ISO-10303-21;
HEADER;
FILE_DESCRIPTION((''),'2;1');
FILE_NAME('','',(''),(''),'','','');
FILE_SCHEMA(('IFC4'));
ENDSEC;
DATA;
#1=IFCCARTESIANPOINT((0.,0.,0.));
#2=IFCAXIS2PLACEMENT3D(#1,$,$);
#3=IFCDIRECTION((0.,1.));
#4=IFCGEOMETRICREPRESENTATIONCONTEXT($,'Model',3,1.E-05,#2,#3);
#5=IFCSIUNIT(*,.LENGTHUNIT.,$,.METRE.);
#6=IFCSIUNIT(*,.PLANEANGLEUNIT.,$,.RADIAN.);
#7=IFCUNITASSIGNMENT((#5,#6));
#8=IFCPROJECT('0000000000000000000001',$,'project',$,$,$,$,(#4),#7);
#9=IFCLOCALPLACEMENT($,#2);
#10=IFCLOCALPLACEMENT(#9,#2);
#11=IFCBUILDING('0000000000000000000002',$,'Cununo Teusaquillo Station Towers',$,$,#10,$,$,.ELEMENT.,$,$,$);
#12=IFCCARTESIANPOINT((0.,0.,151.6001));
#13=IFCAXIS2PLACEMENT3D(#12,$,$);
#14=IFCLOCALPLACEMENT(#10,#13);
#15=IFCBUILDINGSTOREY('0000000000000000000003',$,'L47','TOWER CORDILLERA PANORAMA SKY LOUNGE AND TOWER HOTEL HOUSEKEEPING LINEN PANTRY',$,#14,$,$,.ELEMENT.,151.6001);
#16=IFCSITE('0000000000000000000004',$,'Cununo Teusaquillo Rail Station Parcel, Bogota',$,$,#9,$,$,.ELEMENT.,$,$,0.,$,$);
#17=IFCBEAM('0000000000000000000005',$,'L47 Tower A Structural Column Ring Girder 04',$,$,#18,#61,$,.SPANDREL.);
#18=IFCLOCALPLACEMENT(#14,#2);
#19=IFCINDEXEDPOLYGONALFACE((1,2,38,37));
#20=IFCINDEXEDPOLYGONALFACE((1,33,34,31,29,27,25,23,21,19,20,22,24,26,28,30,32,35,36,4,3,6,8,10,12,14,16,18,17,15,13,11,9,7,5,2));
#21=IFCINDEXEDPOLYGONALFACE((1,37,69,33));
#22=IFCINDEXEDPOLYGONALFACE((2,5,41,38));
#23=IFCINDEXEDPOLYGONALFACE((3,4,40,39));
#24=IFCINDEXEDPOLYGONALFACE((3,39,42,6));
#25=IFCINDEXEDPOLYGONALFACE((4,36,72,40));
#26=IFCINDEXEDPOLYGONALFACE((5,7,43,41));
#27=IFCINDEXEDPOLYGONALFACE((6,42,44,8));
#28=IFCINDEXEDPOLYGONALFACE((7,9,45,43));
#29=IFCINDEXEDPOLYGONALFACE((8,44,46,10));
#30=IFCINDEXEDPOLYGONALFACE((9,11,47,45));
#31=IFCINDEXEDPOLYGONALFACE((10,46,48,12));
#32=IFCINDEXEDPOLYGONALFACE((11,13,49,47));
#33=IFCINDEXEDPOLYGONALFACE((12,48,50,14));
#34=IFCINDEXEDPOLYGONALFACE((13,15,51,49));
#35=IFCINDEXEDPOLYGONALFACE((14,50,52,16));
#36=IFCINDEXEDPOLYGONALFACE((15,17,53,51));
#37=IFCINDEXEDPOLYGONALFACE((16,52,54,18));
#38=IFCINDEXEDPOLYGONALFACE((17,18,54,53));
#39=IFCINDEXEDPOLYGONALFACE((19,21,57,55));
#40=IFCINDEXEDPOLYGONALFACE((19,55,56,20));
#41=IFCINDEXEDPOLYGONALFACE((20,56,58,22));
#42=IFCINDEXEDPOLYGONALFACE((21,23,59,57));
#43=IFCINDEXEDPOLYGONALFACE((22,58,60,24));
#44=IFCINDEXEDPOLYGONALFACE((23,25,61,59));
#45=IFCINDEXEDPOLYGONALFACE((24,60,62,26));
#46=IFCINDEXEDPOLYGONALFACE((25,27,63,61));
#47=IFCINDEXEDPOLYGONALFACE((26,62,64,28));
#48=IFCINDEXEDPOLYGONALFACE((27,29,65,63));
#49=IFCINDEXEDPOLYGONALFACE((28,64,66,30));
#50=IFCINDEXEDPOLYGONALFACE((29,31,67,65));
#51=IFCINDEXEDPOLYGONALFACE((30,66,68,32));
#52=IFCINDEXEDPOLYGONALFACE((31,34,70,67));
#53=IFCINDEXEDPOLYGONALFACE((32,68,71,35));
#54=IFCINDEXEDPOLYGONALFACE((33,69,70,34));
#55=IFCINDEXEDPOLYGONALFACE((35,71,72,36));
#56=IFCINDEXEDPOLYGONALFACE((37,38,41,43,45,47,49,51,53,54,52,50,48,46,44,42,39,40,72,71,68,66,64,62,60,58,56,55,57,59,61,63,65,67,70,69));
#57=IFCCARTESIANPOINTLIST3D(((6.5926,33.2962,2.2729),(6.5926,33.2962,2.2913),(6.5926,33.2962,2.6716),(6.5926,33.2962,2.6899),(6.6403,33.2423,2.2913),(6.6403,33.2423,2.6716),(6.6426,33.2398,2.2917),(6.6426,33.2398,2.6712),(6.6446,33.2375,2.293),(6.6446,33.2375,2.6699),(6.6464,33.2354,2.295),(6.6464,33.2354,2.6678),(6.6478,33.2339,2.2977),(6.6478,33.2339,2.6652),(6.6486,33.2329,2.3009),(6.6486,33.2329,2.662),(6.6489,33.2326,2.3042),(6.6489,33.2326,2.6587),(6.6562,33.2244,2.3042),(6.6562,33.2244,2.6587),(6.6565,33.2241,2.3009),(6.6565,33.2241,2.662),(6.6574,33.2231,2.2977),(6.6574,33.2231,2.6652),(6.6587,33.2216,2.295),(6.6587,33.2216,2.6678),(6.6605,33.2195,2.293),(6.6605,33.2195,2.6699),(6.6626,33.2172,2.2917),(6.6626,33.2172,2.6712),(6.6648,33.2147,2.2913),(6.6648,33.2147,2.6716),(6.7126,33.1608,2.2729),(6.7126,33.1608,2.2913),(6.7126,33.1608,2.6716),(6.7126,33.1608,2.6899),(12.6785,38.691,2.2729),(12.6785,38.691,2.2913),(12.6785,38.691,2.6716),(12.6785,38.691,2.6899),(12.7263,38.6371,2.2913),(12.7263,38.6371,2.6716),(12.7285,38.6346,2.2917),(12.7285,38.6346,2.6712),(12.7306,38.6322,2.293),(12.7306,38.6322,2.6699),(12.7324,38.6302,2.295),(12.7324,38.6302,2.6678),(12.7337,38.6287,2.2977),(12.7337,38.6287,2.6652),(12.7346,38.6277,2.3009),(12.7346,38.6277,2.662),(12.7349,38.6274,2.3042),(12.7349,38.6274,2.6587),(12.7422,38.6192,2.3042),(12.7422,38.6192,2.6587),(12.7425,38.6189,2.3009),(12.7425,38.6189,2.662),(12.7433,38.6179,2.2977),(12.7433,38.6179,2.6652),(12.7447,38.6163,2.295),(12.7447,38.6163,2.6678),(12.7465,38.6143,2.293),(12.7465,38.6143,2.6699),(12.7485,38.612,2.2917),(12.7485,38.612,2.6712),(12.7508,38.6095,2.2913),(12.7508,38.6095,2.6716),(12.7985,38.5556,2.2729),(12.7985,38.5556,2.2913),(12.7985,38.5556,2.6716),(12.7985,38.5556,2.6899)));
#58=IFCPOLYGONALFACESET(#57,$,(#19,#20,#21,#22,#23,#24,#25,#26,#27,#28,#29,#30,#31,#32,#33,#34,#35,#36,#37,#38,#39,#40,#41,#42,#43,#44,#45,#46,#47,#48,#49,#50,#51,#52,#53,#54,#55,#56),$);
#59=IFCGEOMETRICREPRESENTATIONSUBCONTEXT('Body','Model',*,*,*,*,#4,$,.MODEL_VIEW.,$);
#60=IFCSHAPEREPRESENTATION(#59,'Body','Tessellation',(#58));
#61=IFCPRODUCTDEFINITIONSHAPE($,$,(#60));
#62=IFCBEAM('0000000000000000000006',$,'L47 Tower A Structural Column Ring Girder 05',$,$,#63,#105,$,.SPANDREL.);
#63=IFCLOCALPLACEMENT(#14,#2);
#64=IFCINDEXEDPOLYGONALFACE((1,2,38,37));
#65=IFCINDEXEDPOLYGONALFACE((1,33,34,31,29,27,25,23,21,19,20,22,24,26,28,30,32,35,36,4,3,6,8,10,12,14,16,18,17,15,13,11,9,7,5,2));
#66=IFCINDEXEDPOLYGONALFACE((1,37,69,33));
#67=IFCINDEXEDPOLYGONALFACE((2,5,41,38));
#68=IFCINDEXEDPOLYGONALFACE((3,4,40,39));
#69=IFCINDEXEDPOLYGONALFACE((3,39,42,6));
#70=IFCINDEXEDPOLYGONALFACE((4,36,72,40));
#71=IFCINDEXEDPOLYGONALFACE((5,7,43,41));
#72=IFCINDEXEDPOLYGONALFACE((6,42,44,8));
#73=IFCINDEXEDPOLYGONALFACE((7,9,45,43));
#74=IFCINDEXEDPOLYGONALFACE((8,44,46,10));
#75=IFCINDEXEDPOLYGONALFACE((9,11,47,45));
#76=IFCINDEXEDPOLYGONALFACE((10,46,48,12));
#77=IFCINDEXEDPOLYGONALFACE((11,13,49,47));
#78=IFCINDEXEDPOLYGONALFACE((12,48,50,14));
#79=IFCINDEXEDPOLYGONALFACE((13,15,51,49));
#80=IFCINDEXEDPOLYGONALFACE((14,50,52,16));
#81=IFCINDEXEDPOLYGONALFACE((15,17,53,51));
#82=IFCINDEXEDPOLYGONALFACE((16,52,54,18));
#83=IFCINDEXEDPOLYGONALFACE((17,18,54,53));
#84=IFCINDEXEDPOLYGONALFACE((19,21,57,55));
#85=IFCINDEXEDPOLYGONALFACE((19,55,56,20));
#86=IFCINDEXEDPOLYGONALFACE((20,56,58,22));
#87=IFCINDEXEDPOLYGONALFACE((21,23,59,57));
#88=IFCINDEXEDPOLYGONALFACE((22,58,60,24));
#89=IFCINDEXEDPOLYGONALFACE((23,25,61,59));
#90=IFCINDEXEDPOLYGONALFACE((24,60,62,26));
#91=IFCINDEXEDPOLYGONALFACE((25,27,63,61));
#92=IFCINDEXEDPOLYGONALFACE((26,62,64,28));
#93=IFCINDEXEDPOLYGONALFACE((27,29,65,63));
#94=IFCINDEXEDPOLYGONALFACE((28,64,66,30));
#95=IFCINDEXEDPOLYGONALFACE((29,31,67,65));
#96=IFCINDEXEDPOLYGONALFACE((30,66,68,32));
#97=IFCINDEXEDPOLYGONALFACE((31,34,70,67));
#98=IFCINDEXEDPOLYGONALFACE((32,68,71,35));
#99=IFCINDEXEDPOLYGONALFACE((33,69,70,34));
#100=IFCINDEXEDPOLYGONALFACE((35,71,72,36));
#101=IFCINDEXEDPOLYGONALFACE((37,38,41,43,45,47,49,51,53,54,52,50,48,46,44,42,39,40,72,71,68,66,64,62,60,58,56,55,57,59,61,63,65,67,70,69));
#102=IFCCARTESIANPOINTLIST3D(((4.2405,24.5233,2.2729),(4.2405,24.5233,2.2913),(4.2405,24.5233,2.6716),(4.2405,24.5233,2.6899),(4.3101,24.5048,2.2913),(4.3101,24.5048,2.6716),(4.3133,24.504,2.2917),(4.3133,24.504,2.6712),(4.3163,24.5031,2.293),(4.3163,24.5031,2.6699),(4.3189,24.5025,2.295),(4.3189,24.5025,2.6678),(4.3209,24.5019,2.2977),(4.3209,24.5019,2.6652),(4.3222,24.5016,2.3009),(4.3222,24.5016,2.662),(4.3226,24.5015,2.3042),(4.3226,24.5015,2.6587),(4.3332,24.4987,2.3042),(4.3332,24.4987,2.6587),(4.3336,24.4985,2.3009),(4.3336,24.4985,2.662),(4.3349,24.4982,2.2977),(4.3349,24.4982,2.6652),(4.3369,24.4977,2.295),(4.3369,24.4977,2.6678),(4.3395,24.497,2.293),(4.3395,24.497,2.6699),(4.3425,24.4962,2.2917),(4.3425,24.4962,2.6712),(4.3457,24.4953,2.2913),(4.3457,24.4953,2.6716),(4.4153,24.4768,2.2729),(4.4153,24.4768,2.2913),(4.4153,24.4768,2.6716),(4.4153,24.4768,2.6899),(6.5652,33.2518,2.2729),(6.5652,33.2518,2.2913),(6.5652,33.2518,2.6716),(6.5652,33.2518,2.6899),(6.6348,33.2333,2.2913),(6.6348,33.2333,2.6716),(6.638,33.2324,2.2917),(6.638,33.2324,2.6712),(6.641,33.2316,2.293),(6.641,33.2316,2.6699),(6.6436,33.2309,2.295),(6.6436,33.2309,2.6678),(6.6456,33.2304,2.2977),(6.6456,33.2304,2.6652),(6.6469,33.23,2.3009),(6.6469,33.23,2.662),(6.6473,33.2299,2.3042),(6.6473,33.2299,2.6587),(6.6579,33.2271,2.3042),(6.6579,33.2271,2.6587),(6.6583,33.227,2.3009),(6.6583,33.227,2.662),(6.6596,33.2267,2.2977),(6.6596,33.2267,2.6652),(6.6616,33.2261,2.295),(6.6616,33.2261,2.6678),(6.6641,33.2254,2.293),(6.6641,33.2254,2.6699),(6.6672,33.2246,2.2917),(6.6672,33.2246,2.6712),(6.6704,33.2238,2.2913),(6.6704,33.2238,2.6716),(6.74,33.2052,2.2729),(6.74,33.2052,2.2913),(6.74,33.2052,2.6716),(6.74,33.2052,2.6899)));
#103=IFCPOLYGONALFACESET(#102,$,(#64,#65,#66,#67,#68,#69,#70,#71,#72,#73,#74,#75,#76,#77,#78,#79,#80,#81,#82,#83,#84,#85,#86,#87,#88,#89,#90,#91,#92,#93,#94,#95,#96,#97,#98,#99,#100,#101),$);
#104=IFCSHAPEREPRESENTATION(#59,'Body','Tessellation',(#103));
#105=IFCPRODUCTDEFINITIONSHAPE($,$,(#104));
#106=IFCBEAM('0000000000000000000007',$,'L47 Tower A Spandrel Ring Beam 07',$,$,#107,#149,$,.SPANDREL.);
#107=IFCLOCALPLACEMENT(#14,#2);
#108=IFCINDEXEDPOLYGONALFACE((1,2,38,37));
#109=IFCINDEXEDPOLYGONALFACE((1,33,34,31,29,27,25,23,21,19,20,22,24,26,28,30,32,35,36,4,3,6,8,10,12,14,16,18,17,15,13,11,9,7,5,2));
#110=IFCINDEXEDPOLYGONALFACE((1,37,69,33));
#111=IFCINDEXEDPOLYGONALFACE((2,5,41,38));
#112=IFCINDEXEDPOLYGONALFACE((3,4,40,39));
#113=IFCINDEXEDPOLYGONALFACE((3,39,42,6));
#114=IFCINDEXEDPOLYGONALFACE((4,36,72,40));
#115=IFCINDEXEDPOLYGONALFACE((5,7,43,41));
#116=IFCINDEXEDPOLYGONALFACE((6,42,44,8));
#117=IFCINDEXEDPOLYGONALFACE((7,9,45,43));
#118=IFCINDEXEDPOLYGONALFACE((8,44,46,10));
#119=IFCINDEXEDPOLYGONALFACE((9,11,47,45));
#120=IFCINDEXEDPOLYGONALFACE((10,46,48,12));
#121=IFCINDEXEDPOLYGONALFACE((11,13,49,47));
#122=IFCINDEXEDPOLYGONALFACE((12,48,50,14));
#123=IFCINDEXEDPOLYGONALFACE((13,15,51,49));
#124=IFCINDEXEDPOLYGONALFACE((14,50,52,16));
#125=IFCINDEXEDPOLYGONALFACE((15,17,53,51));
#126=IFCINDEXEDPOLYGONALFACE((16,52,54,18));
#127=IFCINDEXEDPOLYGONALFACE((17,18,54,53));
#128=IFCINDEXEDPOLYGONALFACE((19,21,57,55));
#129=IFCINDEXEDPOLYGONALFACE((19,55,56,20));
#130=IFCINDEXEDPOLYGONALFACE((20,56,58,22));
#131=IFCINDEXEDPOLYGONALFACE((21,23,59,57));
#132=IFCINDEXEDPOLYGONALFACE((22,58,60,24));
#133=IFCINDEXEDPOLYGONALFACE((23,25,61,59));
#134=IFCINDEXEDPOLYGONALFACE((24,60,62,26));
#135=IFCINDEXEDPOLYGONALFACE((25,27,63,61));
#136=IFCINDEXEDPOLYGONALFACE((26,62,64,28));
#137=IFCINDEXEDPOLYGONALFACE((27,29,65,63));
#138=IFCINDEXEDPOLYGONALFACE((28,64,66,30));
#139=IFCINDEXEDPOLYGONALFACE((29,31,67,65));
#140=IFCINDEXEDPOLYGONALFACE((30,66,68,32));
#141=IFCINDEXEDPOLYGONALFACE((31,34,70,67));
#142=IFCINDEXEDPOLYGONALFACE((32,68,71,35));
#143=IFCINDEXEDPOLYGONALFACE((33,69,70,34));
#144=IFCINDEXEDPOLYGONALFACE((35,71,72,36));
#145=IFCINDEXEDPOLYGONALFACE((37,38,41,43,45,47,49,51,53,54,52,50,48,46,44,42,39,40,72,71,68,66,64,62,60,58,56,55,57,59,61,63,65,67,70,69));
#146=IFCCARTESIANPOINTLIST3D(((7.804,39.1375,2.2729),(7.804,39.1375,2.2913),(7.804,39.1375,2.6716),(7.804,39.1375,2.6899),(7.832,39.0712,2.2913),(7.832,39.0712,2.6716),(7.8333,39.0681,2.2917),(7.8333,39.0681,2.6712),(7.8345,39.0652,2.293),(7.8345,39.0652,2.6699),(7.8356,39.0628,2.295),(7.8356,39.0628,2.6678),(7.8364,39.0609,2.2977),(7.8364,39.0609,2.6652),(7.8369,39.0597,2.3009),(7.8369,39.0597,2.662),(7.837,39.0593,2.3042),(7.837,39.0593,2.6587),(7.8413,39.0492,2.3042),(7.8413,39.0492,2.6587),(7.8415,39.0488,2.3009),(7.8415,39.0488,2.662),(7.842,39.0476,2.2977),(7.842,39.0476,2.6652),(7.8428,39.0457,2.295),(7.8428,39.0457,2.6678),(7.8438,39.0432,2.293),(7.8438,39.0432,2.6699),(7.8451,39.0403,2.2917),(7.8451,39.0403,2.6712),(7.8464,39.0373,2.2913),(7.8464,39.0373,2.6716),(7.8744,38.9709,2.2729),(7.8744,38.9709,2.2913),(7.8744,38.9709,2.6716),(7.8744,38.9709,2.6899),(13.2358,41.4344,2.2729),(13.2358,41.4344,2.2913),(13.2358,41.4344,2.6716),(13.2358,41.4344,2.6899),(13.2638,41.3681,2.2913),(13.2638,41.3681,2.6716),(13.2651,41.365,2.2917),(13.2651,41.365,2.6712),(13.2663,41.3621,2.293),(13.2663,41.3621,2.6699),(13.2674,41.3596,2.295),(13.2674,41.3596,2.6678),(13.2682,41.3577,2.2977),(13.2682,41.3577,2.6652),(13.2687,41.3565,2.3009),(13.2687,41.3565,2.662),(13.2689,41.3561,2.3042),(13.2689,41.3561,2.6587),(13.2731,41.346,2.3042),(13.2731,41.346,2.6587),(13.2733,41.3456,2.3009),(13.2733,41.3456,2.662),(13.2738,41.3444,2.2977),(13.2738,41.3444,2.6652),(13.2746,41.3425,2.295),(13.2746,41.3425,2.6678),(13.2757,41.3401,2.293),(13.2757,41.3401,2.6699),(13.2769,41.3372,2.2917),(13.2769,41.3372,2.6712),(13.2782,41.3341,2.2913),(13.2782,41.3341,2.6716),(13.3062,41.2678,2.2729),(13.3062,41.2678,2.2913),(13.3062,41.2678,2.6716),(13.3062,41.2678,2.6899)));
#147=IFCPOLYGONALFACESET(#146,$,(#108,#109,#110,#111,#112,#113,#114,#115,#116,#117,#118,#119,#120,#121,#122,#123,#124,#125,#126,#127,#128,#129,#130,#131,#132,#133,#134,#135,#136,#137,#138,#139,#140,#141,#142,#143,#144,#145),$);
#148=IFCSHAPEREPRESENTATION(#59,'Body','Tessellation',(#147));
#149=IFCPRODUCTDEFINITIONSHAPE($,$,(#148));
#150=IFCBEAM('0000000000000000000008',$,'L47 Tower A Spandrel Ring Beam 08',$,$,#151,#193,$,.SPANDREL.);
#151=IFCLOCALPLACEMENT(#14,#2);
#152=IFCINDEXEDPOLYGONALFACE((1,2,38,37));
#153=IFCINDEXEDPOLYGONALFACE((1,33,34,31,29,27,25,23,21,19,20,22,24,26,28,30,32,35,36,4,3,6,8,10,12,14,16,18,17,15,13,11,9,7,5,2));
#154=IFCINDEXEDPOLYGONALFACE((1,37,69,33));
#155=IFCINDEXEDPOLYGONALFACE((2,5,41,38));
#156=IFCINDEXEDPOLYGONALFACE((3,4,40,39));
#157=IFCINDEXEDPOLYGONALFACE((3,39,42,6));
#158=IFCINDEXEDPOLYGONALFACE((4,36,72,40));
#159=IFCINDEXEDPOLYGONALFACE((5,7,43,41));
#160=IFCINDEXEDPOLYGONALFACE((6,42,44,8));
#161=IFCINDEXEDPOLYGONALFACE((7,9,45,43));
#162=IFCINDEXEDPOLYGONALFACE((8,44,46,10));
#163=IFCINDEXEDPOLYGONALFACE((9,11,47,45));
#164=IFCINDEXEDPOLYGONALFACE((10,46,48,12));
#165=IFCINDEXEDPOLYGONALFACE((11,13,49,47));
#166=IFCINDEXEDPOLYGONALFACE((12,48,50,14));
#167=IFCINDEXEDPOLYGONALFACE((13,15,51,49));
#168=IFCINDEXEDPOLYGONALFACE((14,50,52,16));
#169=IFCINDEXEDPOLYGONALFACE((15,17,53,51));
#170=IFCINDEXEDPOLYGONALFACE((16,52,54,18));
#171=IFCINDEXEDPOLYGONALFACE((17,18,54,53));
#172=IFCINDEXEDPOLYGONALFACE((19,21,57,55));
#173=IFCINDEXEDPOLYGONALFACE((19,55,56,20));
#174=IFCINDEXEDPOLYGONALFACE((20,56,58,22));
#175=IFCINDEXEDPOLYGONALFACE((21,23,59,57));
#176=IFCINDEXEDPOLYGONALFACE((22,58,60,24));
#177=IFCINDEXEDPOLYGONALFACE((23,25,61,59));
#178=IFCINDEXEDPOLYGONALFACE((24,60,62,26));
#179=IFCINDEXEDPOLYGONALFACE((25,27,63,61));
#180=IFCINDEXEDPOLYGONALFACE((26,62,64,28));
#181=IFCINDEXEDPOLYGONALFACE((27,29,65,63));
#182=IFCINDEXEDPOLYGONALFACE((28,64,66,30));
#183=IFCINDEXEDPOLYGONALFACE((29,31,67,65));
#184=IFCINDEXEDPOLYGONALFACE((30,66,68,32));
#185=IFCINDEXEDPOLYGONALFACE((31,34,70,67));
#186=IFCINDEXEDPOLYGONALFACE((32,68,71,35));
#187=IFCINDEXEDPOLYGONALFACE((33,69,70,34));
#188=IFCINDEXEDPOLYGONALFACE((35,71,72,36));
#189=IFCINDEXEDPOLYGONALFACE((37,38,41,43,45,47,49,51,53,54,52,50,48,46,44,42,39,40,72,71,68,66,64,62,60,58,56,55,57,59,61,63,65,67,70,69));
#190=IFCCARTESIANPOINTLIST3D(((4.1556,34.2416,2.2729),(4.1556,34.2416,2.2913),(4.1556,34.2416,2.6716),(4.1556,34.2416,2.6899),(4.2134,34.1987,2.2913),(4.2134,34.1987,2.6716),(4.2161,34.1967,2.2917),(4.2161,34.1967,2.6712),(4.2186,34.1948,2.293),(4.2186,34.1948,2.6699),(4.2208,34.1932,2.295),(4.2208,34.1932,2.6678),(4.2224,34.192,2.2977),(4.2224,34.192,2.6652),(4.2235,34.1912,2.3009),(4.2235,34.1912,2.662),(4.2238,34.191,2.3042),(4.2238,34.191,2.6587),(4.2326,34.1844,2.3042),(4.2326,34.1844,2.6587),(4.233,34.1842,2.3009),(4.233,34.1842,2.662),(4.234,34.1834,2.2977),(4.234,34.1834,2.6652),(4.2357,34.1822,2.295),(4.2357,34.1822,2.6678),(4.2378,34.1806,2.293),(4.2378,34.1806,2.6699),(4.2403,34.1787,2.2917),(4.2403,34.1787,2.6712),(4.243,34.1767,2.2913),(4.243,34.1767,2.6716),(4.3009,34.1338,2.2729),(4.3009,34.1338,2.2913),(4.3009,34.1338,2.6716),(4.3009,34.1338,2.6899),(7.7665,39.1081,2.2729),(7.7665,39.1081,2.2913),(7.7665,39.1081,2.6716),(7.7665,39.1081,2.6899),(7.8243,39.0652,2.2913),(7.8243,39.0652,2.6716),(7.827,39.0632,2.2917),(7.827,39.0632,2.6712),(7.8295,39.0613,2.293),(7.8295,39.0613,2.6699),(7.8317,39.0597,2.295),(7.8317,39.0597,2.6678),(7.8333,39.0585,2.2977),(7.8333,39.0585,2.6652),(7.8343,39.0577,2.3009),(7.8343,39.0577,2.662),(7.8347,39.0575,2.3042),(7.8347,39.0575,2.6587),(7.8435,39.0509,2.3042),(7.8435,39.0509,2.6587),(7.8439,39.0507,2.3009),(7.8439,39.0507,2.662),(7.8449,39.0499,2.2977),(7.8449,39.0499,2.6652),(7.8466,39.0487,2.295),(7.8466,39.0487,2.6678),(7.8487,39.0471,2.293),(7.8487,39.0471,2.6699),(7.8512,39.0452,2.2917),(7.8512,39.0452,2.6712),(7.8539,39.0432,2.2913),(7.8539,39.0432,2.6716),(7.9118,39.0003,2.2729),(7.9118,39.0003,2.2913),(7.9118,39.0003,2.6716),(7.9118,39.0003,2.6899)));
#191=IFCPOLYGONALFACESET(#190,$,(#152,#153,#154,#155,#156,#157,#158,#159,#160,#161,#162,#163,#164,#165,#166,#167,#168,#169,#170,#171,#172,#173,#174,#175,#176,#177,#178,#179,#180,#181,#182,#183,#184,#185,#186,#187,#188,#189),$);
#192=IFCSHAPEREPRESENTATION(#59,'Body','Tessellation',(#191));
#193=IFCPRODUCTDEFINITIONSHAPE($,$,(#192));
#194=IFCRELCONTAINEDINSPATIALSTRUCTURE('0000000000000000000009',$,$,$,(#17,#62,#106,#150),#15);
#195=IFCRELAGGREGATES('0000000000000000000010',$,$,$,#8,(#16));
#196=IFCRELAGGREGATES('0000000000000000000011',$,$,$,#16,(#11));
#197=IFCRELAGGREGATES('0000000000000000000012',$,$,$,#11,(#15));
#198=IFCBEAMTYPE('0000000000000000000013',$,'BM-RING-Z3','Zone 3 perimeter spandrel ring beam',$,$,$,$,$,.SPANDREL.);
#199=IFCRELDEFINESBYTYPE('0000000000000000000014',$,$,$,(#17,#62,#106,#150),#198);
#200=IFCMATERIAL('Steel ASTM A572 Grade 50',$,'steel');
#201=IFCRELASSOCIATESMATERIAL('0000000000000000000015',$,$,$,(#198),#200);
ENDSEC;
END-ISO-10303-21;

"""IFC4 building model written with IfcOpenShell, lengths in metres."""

from ifc_helpers import new_model, si_unit, direction, frame, origin, origin_2d, place, context, subcontext, project, spatial, i_section, extrude, material, material_profile, profile_set, type_object, element, save


model = new_model("IFC4")

# Units and contexts
model_context = context("Model", 3, precision=1e-05, world=origin(), true_north=direction((0.0, 1.0)))
body_context = subcontext(model_context, "Body", "Model", "MODEL_VIEW")
ifc_project = project(units=[si_unit("LENGTHUNIT", "METRE"), si_unit("PLANEANGLEUNIT", "RADIAN")], contexts=[model_context])

# Site, building, storey
site_placement = place(None, origin())
site = spatial("IfcSite", under=ifc_project, at=site_placement, Name="Cununo Teusaquillo Rail Station Parcel, Bogota", CompositionType="ELEMENT", RefElevation=0.0)
building_placement = place(site_placement, origin())
building = spatial("IfcBuilding", under=site, at=building_placement, Name="Cununo Teusaquillo Station Towers", CompositionType="ELEMENT")
storey_placement = place(building_placement, frame((0.0, 0.0, 151.6001)))
storey = spatial("IfcBuildingStorey", under=building, at=storey_placement, Name="L47", Description="TOWER CORDILLERA PANORAMA SKY LOUNGE AND TOWER HOTEL HOUSEKEEPING LINEN PANTRY", CompositionType="ELEMENT", Elevation=151.6001)

# Beams
ifc_material_1 = material(Name="Steel ASTM A572 Grade 50", Category="steel")
ifc_material_profile_1 = material_profile(ifc_material_1, i_section(OverallWidth=0.1809, OverallDepth=0.417, WebThickness=0.011, FlangeThickness=0.0183, FilletRadius=0.0129, at=origin_2d()), Name="W16X57")
ifc_profile_set_1 = profile_set([ifc_material_profile_1], Name="Steel ASTM A572 Grade 50")
beam_type_1 = type_object("IfcBeamType", Name="BM-RING-Z3", Description="Zone 3 perimeter spandrel ring beam", PredefinedType="SPANDREL", material=ifc_profile_set_1)
beam_1_placement = place(storey_placement, frame((12.7385, 38.6233, 2.4814), z_axis=(-0.748321, -0.663337, 0.0), x_axis=(0.663337, -0.748321, 0.0)))
element("IfcBeam", 1, at=beam_1_placement, inside=storey, type_object=beam_type_1, Name="L47 Tower A Structural Column Ring Girder 04", PredefinedType="SPANDREL", context=body_context, shape_type="SweptSolid", body=[
    extrude(i_section(OverallWidth=0.1809, OverallDepth=0.417, WebThickness=0.011, FlangeThickness=0.0183, FilletRadius=0.0129, at=origin_2d()), origin(), (0.0, 0.0, 1.0), 8.1328),
])
beam_2_placement = place(storey_placement, frame((6.6526, 33.2285, 2.4814), z_axis=(-0.257363, -0.966315, 0.0), x_axis=(0.966315, -0.257363, 0.0)))
element("IfcBeam", 2, at=beam_2_placement, inside=storey, type_object=beam_type_1, Name="L47 Tower A Structural Column Ring Girder 05", PredefinedType="SPANDREL", context=body_context, shape_type="SweptSolid", body=[
    extrude(i_section(OverallWidth=0.1809, OverallDepth=0.417, WebThickness=0.011, FlangeThickness=0.0183, FilletRadius=0.0129, at=origin_2d()), origin(), (0.0, 0.0, 1.0), 9.0327),
])
beam_3_placement = place(storey_placement, frame((13.271, 41.3511, 2.4814), z_axis=(-0.921042, -0.389463, 0.0), x_axis=(0.389463, -0.921042, 0.0)))
element("IfcBeam", 3, at=beam_3_placement, inside=storey, type_object=beam_type_1, Name="L47 Tower A Spandrel Ring Beam 07", PredefinedType="SPANDREL", context=body_context, shape_type="SweptSolid", body=[
    extrude(i_section(OverallWidth=0.1809, OverallDepth=0.417, WebThickness=0.011, FlangeThickness=0.0183, FilletRadius=0.0129, at=origin_2d()), origin(), (0.0, 0.0, 1.0), 5.8975),
])
beam_4_placement = place(storey_placement, frame((7.8391, 39.0542, 2.4814), z_axis=(-0.595873, -0.803079, 0.0), x_axis=(0.803079, -0.595873, 0.0)))
element("IfcBeam", 4, at=beam_4_placement, inside=storey, type_object=beam_type_1, Name="L47 Tower A Spandrel Ring Beam 08", PredefinedType="SPANDREL", context=body_context, shape_type="SweptSolid", body=[
    extrude(i_section(OverallWidth=0.1809, OverallDepth=0.417, WebThickness=0.011, FlangeThickness=0.0183, FilletRadius=0.0129, at=origin_2d()), origin(), (0.0, 0.0, 1.0), 6.0598),
])

save(model, "model.ifc")
